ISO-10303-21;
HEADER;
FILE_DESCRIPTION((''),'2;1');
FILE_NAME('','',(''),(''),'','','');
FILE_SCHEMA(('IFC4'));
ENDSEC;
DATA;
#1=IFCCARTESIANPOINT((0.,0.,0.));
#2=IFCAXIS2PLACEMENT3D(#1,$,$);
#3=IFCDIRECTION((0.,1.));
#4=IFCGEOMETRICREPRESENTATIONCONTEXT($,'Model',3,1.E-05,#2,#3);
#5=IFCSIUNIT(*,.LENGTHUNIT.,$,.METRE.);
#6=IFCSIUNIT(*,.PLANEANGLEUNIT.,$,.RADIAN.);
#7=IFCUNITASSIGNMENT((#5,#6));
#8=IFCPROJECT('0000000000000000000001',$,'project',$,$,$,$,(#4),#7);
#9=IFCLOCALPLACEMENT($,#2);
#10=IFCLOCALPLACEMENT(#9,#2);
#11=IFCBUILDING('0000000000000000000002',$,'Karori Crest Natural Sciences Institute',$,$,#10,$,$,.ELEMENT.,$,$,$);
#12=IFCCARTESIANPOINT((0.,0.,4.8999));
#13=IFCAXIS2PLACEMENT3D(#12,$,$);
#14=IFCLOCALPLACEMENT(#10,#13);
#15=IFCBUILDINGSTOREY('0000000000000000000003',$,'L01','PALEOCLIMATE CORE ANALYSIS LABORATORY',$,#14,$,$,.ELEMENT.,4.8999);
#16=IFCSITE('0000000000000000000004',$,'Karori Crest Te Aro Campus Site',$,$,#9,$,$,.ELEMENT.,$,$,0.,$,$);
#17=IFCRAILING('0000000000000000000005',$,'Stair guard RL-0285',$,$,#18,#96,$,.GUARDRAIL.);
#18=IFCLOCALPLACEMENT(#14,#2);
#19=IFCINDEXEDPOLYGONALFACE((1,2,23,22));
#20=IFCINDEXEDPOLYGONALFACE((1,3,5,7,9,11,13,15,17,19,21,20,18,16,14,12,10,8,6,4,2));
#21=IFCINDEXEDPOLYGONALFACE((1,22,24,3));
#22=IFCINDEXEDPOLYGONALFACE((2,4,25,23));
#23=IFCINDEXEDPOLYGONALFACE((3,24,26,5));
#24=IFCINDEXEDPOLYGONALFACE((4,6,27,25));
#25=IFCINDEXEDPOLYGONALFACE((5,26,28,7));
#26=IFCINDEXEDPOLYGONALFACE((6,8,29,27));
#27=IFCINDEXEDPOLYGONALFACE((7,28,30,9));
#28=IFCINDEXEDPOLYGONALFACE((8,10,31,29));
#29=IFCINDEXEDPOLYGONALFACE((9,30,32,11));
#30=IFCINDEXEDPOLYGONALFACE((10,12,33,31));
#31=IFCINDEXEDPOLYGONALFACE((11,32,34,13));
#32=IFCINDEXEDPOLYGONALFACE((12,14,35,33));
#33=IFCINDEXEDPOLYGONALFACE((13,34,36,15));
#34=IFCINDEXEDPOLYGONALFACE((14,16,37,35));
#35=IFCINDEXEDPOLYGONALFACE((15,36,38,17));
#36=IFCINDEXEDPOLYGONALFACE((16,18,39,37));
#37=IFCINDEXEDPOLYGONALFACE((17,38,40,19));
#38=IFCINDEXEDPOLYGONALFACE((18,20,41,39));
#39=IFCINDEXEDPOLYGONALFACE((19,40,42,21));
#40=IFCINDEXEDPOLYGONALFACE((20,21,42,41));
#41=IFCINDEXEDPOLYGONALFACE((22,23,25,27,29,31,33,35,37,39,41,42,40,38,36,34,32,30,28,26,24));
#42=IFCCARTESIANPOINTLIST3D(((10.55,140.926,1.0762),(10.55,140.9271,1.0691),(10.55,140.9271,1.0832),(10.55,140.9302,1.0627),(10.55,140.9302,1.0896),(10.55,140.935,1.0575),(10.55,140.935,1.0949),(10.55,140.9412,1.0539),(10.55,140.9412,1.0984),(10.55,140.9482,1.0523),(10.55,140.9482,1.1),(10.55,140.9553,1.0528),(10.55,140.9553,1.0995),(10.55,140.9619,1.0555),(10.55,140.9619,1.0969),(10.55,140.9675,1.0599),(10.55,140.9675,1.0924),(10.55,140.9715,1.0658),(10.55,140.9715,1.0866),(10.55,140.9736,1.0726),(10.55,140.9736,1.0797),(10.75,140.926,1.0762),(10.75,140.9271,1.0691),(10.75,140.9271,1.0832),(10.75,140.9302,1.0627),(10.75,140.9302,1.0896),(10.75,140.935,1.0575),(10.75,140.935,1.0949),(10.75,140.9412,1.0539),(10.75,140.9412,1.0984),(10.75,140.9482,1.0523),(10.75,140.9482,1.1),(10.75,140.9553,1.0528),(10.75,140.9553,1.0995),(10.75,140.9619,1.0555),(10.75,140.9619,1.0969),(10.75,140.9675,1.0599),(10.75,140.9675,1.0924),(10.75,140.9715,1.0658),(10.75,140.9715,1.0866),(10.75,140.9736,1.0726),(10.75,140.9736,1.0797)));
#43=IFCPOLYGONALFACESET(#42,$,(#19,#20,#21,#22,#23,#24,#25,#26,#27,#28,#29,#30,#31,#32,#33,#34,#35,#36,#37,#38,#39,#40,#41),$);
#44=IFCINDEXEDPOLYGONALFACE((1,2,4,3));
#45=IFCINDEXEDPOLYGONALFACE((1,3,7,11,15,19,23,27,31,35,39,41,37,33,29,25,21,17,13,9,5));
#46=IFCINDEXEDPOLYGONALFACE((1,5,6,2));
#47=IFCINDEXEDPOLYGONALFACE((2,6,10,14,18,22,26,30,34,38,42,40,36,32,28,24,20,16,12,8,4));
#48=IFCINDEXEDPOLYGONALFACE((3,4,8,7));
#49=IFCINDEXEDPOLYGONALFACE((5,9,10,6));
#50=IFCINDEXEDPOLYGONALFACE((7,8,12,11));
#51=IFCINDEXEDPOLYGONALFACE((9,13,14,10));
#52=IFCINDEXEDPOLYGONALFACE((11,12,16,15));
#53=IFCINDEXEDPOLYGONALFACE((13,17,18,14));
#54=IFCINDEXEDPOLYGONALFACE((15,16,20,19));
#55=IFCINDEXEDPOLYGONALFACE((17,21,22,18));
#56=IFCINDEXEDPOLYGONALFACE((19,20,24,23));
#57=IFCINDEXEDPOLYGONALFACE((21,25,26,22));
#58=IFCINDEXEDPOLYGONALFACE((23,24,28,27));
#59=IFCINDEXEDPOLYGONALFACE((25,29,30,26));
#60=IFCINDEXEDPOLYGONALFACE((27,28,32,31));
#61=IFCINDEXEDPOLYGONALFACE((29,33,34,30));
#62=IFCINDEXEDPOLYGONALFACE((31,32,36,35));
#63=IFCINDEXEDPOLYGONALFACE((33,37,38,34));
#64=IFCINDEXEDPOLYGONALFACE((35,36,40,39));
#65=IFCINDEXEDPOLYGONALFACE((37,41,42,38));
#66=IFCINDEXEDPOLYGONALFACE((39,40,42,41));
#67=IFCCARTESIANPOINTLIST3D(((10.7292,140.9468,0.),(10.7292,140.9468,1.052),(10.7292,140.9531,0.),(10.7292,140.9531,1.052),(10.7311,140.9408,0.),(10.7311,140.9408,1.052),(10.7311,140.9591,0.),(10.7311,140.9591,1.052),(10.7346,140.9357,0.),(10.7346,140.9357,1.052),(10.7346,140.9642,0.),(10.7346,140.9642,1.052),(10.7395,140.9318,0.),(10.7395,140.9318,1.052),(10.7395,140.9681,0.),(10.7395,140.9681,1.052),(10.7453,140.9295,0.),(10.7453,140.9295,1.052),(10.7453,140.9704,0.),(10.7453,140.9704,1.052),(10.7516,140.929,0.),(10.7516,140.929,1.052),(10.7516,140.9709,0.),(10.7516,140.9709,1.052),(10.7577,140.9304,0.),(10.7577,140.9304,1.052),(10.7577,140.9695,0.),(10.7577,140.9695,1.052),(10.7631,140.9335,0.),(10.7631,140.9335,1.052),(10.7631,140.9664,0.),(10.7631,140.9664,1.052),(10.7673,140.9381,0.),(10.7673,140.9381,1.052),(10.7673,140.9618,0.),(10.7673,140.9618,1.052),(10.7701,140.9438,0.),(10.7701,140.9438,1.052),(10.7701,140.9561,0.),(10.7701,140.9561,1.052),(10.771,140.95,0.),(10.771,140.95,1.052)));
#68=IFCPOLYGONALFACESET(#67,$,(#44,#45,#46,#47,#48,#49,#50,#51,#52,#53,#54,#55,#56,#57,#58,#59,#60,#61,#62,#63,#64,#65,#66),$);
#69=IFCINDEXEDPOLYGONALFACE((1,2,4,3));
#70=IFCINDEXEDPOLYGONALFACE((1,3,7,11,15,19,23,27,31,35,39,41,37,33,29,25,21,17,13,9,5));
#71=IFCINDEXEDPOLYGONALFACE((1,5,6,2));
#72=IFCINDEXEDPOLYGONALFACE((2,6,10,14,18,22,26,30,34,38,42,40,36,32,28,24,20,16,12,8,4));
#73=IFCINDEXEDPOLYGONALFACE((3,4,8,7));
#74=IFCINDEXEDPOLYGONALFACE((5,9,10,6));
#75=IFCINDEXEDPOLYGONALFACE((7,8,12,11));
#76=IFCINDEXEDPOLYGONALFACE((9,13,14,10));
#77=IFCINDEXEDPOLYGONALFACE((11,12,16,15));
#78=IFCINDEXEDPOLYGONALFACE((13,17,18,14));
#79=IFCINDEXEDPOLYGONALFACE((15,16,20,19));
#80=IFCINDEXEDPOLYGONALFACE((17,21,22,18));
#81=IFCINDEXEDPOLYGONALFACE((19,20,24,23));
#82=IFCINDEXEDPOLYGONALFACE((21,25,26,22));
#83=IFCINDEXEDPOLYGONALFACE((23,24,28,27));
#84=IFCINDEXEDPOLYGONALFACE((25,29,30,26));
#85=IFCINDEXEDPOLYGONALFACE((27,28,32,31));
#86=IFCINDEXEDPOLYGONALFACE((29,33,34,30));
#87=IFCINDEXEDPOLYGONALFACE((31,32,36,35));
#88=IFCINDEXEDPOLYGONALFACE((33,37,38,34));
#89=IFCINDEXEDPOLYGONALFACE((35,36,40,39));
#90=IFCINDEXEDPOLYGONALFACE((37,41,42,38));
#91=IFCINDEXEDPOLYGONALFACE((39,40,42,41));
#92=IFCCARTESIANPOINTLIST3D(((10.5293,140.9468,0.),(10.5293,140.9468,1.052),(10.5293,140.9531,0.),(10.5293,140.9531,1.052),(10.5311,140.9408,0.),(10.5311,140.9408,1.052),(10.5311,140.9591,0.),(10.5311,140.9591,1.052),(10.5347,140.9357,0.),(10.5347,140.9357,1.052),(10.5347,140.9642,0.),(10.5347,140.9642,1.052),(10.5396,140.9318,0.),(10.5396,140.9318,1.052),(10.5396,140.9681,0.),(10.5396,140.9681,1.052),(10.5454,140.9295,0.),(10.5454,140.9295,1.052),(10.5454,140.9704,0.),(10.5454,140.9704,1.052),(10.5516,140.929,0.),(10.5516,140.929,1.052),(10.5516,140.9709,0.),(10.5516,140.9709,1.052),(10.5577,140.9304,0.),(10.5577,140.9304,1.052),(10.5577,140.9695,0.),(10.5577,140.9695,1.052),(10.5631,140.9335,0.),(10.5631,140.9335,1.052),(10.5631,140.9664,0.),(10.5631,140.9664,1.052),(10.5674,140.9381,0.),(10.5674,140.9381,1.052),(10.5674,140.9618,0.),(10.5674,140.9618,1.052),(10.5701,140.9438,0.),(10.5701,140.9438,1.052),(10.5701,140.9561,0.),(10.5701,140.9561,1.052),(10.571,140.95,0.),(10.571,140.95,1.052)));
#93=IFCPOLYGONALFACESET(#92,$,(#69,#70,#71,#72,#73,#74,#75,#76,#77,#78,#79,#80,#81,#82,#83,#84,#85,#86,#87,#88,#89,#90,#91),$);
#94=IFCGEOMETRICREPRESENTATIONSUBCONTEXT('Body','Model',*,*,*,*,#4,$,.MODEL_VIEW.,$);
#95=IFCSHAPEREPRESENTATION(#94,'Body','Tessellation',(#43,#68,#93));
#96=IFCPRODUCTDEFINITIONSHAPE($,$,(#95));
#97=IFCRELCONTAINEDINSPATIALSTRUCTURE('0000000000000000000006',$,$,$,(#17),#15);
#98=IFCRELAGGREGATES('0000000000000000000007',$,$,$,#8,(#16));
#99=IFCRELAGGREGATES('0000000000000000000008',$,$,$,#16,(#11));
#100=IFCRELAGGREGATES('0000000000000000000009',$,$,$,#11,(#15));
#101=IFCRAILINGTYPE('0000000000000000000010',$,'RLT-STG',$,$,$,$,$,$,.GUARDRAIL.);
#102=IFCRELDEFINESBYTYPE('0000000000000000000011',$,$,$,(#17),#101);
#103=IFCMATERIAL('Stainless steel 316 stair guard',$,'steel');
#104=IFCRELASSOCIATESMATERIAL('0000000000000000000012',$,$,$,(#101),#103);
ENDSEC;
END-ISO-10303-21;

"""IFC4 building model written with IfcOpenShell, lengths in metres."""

from ifc_helpers import new_model, si_unit, direction, frame, origin, origin_2d, place, context, subcontext, project, spatial, circle, extrude, material, type_object, element, save


model = new_model("IFC4")

# Units and contexts
model_context = context("Model", 3, precision=1e-05, world=origin(), true_north=direction((0.0, 1.0)))
body_context = subcontext(model_context, "Body", "Model", "MODEL_VIEW")
ifc_project = project(units=[si_unit("LENGTHUNIT", "METRE"), si_unit("PLANEANGLEUNIT", "RADIAN")], contexts=[model_context])

# Site, building, storey
site_placement = place(None, origin())
site = spatial("IfcSite", under=ifc_project, at=site_placement, Name="Karori Crest Te Aro Campus Site", CompositionType="ELEMENT", RefElevation=0.0)
building_placement = place(site_placement, origin())
building = spatial("IfcBuilding", under=site, at=building_placement, Name="Karori Crest Natural Sciences Institute", CompositionType="ELEMENT")
storey_placement = place(building_placement, frame((0.0, 0.0, 4.8999)))
storey = spatial("IfcBuildingStorey", under=building, at=storey_placement, Name="L01", Description="PALEOCLIMATE CORE ANALYSIS LABORATORY", CompositionType="ELEMENT", Elevation=4.8999)

# Railing
ifc_material_1 = material(Name="Stainless steel 316 stair guard", Category="steel")
railing_type_1 = type_object("IfcRailingType", Name="RLT-STG", PredefinedType="GUARDRAIL", material=ifc_material_1)
railing_1_placement = place(storey_placement, frame((10.75, 140.95, 0.0)))
element("IfcRailing", 1, at=railing_1_placement, inside=storey, type_object=railing_type_1, Name="Stair guard RL-0285", PredefinedType="GUARDRAIL", context=body_context, shape_type="SweptSolid", body=[
    extrude(circle(Radius=0.0239, at=origin_2d()), frame((0.0, 0.0, 1.0762), z_axis=(-1.0, 0.0, 0.0), x_axis=(0.0, -1.0, 0.0)), (0.0, 0.0, 1.0), 0.2),
    extrude(circle(Radius=0.021, at=origin_2d()), origin(), (0.0, 0.0, 1.0), 1.052),
    extrude(circle(Radius=0.021, at=origin_2d()), frame((-0.2, 0.0, 0.0)), (0.0, 0.0, 1.0), 1.052),
])

save(model, "model.ifc")
